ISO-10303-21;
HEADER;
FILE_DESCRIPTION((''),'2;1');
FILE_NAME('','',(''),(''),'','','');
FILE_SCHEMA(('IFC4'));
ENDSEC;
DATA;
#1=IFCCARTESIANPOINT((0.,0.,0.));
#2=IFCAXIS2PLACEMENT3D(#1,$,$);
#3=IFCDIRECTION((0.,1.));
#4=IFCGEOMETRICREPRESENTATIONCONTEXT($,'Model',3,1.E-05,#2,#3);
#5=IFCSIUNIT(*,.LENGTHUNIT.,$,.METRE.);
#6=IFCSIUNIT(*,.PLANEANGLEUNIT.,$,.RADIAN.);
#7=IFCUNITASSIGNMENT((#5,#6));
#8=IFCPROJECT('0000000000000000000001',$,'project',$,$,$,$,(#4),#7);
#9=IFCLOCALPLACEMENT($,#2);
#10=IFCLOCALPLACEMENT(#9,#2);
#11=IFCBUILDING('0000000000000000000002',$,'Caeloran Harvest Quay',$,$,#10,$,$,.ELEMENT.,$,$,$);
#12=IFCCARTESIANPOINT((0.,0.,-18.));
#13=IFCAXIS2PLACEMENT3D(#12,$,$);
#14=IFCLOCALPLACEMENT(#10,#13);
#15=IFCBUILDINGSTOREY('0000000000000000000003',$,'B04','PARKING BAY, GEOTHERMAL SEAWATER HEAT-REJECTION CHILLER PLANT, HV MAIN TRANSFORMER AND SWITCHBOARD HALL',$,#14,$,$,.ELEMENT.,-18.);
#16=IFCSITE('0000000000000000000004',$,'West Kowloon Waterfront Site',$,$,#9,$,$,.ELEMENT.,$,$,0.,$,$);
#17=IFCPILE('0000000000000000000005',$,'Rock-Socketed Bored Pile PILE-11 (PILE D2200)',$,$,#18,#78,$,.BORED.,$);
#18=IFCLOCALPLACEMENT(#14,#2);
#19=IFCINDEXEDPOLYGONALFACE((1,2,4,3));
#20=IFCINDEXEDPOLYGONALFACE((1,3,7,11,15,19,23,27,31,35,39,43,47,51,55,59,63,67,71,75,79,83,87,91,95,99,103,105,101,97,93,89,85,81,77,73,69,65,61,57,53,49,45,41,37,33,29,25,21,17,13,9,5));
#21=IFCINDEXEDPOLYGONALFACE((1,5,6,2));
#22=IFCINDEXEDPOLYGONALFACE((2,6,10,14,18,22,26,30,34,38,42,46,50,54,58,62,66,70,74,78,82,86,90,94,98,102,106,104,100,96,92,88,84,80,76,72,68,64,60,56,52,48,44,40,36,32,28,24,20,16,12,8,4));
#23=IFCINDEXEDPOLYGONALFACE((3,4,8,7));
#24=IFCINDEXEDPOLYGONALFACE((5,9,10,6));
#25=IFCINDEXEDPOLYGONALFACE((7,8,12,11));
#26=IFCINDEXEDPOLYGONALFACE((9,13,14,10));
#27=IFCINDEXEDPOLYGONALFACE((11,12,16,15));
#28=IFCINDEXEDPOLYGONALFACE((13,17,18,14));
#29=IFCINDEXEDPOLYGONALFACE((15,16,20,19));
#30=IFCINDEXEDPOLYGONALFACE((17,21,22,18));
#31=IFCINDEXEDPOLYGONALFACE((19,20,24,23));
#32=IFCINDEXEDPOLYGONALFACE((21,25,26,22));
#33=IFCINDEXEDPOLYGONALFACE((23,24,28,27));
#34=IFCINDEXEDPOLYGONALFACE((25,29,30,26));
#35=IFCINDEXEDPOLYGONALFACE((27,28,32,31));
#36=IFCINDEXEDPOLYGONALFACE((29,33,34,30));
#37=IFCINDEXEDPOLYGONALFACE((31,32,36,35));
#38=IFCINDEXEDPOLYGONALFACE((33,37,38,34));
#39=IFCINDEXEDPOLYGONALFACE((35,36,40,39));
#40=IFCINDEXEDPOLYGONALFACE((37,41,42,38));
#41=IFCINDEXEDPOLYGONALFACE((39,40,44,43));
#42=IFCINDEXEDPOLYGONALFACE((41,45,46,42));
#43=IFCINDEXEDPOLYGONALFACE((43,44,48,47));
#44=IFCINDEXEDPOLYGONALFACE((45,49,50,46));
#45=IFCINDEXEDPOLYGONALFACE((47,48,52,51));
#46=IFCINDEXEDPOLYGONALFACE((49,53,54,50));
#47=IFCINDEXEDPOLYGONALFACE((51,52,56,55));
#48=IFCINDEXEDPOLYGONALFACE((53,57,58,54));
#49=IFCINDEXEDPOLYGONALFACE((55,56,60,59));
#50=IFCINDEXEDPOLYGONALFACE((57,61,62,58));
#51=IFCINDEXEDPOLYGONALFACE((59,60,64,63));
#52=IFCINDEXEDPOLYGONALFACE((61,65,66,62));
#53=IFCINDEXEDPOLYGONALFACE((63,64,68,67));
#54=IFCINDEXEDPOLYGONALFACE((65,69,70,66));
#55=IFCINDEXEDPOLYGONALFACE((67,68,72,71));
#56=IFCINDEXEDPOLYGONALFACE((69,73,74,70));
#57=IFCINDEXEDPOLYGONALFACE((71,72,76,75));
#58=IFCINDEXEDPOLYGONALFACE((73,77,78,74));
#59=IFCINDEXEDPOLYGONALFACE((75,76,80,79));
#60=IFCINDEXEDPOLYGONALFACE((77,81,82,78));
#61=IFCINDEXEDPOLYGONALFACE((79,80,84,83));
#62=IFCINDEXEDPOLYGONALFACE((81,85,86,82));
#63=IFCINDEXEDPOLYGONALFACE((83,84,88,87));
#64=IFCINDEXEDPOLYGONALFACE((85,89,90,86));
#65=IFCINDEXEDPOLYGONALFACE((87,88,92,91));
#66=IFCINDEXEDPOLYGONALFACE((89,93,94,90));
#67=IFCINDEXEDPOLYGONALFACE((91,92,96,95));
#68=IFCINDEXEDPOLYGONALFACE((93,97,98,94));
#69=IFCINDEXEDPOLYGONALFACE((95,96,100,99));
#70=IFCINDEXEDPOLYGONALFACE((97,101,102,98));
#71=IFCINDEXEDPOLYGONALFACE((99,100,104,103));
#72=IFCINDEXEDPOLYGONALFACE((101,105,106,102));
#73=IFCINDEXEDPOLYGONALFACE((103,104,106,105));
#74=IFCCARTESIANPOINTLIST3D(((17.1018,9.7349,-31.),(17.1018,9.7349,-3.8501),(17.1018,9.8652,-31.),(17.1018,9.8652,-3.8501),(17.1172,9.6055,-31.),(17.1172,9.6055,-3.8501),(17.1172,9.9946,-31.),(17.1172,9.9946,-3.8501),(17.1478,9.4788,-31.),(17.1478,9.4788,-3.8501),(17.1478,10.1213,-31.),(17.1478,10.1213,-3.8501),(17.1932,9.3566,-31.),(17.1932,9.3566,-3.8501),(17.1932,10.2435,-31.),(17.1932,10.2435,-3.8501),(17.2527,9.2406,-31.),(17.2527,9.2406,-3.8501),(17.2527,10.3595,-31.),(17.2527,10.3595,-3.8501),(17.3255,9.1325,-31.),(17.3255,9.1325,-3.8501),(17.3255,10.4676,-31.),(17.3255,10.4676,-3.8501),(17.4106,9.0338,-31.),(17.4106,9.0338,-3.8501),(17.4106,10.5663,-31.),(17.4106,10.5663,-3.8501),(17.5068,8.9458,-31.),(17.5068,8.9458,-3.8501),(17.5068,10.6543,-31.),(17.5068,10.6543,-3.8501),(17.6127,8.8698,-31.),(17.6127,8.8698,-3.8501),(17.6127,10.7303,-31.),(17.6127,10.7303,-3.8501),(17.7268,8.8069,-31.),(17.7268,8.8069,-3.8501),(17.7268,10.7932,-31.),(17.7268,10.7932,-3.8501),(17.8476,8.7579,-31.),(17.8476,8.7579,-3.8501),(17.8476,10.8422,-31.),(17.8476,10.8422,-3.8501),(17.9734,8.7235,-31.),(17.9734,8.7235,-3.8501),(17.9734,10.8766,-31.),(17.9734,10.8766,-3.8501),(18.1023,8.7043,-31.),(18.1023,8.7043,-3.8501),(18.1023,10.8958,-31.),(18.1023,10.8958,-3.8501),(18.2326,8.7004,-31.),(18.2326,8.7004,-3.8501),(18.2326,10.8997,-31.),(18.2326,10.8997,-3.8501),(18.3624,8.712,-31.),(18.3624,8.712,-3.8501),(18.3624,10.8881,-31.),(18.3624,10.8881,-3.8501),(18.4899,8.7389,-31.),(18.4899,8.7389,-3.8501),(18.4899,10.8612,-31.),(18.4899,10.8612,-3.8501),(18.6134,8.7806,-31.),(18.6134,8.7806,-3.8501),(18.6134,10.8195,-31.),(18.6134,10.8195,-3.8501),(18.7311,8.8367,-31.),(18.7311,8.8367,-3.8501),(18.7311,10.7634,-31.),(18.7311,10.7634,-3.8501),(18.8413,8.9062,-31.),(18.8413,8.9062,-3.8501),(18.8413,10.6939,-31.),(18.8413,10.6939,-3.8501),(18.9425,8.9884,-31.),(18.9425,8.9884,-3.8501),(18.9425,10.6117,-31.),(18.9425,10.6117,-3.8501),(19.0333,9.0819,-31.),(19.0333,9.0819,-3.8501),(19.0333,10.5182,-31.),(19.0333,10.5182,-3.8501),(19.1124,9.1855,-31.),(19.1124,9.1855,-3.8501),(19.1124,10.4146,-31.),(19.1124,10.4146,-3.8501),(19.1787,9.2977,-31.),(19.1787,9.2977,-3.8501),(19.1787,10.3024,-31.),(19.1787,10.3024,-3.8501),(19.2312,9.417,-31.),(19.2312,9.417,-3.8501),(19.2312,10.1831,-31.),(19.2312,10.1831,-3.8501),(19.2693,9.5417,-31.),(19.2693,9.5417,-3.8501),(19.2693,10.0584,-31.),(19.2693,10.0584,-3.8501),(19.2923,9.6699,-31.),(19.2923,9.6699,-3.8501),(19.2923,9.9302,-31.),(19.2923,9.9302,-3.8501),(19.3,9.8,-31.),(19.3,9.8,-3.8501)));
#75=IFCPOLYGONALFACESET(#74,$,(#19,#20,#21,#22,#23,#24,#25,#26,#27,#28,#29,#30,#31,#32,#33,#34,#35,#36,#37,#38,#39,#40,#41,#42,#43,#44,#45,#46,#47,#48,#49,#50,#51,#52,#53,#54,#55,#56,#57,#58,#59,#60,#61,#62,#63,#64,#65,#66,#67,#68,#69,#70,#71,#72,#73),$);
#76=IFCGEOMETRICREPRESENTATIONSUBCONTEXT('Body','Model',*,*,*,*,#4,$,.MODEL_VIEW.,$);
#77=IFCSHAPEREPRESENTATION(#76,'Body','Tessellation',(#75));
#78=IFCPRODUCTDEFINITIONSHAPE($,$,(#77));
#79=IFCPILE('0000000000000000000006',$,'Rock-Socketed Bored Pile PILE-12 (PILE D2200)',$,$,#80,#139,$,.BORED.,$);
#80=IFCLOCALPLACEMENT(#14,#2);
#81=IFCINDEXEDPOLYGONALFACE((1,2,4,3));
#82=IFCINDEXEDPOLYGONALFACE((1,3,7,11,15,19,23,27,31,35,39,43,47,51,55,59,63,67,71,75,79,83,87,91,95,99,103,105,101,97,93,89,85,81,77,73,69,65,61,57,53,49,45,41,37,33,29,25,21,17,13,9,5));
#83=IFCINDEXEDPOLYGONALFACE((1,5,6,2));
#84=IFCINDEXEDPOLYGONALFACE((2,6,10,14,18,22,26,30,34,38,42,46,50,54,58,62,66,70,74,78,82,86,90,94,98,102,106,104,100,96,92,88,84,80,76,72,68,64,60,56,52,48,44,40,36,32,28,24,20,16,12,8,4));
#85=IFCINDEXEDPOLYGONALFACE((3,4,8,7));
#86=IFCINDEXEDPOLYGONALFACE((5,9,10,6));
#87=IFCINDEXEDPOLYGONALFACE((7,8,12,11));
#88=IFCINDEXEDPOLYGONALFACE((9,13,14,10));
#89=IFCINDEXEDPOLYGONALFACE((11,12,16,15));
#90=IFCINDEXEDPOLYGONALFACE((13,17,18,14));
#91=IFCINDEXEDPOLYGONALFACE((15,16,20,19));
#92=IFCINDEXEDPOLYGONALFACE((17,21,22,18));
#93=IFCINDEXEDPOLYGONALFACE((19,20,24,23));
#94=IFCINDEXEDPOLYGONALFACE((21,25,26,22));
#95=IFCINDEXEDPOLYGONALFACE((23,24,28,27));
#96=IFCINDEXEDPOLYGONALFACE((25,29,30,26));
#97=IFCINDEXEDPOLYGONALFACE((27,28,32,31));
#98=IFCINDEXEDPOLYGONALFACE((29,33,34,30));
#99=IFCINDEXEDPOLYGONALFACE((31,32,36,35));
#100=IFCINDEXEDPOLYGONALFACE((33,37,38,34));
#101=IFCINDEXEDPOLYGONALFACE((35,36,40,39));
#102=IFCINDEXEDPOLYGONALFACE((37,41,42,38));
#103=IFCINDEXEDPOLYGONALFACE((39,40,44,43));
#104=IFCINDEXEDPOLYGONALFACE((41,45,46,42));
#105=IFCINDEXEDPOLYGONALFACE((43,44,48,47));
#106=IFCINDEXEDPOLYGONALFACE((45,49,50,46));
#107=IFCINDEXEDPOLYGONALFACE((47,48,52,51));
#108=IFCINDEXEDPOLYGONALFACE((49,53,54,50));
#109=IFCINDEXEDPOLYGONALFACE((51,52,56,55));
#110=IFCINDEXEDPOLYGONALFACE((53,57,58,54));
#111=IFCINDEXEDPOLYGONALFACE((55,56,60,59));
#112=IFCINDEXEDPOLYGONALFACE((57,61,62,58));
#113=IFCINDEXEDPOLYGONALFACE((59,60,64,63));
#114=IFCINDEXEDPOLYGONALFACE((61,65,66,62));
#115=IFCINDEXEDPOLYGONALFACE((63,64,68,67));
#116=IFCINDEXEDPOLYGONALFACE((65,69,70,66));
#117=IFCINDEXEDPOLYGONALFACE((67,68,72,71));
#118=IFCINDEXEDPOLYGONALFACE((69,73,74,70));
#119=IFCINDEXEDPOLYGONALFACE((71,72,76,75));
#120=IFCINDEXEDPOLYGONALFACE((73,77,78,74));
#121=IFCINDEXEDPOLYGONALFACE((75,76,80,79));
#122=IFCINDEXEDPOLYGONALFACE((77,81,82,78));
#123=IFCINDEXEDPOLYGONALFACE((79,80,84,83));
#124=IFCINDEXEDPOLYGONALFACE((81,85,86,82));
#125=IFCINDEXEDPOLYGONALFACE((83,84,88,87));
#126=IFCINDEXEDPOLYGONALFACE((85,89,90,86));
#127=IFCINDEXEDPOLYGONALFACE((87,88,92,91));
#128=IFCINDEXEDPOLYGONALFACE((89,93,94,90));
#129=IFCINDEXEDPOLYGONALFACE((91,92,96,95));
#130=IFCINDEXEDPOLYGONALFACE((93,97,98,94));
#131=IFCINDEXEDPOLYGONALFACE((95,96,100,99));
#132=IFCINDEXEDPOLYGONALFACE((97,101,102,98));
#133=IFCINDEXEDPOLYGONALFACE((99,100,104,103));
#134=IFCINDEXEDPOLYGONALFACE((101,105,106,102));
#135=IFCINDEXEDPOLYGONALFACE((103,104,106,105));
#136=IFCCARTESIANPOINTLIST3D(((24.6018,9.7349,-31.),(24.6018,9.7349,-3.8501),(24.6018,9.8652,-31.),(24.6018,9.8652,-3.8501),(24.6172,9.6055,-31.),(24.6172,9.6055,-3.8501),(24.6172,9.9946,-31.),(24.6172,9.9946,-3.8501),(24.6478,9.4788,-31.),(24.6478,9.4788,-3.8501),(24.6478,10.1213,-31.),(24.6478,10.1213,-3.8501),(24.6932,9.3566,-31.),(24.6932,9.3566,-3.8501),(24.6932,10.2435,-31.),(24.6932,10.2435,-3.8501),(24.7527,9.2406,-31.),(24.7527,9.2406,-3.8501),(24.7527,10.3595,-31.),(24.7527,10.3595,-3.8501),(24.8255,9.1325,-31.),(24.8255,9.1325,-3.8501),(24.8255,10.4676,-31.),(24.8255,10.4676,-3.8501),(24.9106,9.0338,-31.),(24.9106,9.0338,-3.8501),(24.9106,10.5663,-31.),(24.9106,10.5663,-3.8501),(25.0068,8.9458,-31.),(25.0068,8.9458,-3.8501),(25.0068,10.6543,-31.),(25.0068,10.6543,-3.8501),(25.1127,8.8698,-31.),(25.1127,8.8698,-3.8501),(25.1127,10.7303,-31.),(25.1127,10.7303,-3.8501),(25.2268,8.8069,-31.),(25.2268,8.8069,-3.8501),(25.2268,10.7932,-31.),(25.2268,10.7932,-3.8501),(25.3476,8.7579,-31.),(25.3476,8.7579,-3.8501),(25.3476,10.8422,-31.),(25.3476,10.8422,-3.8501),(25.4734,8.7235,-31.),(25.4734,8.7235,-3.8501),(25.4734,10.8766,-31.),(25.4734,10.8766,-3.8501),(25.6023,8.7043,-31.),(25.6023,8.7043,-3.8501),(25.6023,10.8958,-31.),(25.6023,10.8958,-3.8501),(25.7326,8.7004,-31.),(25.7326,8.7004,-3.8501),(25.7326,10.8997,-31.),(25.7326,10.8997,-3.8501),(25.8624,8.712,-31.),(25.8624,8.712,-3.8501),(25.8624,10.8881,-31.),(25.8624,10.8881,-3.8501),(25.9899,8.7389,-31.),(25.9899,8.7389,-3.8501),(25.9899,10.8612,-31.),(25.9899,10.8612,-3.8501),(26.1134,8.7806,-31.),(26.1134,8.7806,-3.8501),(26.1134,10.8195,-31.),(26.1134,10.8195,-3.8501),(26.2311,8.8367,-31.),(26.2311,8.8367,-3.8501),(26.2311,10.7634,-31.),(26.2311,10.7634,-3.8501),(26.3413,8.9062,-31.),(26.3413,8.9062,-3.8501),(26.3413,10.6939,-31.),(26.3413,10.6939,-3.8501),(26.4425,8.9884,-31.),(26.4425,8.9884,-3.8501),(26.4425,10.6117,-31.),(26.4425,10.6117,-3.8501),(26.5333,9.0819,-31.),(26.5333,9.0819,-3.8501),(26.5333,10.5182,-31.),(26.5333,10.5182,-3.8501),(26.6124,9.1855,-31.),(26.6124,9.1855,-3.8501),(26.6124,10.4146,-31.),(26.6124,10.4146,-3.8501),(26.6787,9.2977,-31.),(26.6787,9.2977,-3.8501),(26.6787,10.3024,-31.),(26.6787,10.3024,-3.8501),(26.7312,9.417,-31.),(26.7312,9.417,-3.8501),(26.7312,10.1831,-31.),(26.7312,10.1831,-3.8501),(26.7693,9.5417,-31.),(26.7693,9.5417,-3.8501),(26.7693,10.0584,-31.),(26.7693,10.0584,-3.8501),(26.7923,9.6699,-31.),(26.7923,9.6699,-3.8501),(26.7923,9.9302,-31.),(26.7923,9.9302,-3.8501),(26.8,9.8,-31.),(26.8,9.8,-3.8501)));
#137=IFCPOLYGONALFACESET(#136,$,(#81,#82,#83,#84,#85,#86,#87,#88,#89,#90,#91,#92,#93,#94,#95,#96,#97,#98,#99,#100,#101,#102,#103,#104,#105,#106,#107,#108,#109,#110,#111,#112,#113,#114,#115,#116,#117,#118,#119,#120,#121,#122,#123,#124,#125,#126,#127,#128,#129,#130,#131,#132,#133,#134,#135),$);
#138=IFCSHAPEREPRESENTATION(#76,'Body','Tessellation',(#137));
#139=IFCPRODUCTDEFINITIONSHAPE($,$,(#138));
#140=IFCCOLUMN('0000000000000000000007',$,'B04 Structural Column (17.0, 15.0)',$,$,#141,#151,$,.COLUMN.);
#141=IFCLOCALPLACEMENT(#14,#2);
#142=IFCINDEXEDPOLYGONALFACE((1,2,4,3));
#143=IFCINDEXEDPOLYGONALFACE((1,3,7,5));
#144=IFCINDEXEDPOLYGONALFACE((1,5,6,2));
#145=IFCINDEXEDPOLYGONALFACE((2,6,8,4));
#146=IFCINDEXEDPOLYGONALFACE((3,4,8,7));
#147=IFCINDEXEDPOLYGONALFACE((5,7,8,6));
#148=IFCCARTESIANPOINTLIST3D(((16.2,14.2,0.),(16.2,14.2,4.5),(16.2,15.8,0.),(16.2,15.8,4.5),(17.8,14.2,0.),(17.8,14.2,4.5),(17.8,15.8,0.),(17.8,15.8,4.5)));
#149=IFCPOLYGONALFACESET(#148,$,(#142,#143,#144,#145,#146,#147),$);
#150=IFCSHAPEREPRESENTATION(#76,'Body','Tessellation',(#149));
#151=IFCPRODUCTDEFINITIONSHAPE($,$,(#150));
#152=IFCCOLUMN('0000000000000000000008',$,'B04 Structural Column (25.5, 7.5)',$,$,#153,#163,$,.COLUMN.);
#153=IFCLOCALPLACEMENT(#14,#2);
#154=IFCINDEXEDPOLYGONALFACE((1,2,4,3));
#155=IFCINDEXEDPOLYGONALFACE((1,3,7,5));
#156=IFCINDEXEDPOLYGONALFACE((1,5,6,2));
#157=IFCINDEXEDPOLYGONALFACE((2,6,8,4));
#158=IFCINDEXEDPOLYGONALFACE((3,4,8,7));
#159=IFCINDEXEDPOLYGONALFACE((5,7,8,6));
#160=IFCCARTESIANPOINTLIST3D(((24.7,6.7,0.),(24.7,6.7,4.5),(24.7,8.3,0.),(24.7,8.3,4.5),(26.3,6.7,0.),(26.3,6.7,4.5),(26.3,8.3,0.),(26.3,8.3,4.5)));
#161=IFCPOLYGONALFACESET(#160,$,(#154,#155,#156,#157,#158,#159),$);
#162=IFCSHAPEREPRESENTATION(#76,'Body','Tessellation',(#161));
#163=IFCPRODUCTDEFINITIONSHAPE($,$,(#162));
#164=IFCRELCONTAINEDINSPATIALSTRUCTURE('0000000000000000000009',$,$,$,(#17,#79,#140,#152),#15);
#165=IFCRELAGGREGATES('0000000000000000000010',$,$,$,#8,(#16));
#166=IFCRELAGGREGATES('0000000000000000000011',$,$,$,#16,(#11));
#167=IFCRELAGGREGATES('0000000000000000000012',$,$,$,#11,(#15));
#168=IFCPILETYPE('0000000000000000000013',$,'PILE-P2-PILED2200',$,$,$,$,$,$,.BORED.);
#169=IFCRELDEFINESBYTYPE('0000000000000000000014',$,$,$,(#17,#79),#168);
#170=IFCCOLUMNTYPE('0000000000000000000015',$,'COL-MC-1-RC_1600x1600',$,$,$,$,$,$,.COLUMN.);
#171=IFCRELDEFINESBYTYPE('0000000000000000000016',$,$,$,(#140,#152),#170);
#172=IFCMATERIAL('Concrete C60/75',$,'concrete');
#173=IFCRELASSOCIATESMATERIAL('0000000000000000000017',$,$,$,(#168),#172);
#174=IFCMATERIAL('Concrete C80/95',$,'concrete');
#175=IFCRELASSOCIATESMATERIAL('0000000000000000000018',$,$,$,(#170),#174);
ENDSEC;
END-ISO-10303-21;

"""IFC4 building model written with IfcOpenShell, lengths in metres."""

from ifc_helpers import new_model, si_unit, direction, frame, origin, origin_2d, place, context, subcontext, project, spatial, rectangle, circle, extrude, material, material_profile, profile_set, type_object, element, save


model = new_model("IFC4")

# Units and contexts
model_context = context("Model", 3, precision=1e-05, world=origin(), true_north=direction((0.0, 1.0)))
body_context = subcontext(model_context, "Body", "Model", "MODEL_VIEW")
ifc_project = project(units=[si_unit("LENGTHUNIT", "METRE"), si_unit("PLANEANGLEUNIT", "RADIAN")], contexts=[model_context])

# Site, building, storey
site_placement = place(None, origin())
site = spatial("IfcSite", under=ifc_project, at=site_placement, Name="West Kowloon Waterfront Site", CompositionType="ELEMENT", RefElevation=0.0)
building_placement = place(site_placement, origin())
building = spatial("IfcBuilding", under=site, at=building_placement, Name="Caeloran Harvest Quay", CompositionType="ELEMENT")
storey_placement = place(building_placement, frame((0.0, 0.0, -18.0)))
storey = spatial("IfcBuildingStorey", under=building, at=storey_placement, Name="B04", Description="PARKING BAY, GEOTHERMAL SEAWATER HEAT-REJECTION CHILLER PLANT, HV MAIN TRANSFORMER AND SWITCHBOARD HALL", CompositionType="ELEMENT", Elevation=-18.0)

# Piles
ifc_material_1 = material(Name="Concrete C60/75", Category="concrete")
ifc_material_profile_1 = material_profile(ifc_material_1, circle(Radius=1.1001, at=origin_2d()), Name="PILE D2200")
ifc_profile_set_1 = profile_set([ifc_material_profile_1], Name="Concrete C60/75")
pile_type = type_object("IfcPileType", Name="PILE-P2-PILED2200", PredefinedType="BORED", material=ifc_profile_set_1)
for number, where, z_axis, x_axis, name in (
    (1, (18.2, 9.8, -3.8501), (0.0, 0.0, -1.0), (1.0, 0.0, 0.0), "Rock-Socketed Bored Pile PILE-11 (PILE D2200)"),
    (2, (25.7, 9.8, -3.8501), (0.0, 0.0, -1.0), (1.0, 0.0, 0.0), "Rock-Socketed Bored Pile PILE-12 (PILE D2200)"),
):
    element("IfcPile", number, at=place(storey_placement, frame(where, z_axis=z_axis, x_axis=x_axis)), inside=storey, type_object=pile_type, Name=name, PredefinedType="BORED", context=body_context, shape_type="SweptSolid", body=[
        extrude(circle(Radius=1.1001, at=origin_2d()), origin(), (0.0, 0.0, 1.0), 27.1499),
    ])

# Columns
ifc_material_2 = material(Name="Concrete C80/95", Category="concrete")
ifc_material_profile_2 = material_profile(ifc_material_2, rectangle(XDim=1.6001, YDim=1.6001, at=origin_2d()), Name="RC 1600x1600")
ifc_profile_set_2 = profile_set([ifc_material_profile_2], Name="Concrete C80/95")
column_type = type_object("IfcColumnType", Name="COL-MC-1-RC_1600x1600", PredefinedType="COLUMN", material=ifc_profile_set_2)
for number, where, z_axis, x_axis, name in (
    (3, (17.0, 15.0, 0.0), (0.0, 0.0, 1.0), (1.0, 0.0, 0.0), "B04 Structural Column (17.0, 15.0)"),
    (4, (25.5, 7.5, 0.0), (0.0, 0.0, 1.0), (1.0, 0.0, 0.0), "B04 Structural Column (25.5, 7.5)"),
):
    element("IfcColumn", number, at=place(storey_placement, frame(where, z_axis=z_axis, x_axis=x_axis)), inside=storey, type_object=column_type, Name=name, PredefinedType="COLUMN", context=body_context, shape_type="SweptSolid", body=[
        extrude(rectangle(XDim=1.6001, YDim=1.6001, at=origin_2d()), origin(), (0.0, 0.0, 1.0), 4.5),
    ])

save(model, "model.ifc")
